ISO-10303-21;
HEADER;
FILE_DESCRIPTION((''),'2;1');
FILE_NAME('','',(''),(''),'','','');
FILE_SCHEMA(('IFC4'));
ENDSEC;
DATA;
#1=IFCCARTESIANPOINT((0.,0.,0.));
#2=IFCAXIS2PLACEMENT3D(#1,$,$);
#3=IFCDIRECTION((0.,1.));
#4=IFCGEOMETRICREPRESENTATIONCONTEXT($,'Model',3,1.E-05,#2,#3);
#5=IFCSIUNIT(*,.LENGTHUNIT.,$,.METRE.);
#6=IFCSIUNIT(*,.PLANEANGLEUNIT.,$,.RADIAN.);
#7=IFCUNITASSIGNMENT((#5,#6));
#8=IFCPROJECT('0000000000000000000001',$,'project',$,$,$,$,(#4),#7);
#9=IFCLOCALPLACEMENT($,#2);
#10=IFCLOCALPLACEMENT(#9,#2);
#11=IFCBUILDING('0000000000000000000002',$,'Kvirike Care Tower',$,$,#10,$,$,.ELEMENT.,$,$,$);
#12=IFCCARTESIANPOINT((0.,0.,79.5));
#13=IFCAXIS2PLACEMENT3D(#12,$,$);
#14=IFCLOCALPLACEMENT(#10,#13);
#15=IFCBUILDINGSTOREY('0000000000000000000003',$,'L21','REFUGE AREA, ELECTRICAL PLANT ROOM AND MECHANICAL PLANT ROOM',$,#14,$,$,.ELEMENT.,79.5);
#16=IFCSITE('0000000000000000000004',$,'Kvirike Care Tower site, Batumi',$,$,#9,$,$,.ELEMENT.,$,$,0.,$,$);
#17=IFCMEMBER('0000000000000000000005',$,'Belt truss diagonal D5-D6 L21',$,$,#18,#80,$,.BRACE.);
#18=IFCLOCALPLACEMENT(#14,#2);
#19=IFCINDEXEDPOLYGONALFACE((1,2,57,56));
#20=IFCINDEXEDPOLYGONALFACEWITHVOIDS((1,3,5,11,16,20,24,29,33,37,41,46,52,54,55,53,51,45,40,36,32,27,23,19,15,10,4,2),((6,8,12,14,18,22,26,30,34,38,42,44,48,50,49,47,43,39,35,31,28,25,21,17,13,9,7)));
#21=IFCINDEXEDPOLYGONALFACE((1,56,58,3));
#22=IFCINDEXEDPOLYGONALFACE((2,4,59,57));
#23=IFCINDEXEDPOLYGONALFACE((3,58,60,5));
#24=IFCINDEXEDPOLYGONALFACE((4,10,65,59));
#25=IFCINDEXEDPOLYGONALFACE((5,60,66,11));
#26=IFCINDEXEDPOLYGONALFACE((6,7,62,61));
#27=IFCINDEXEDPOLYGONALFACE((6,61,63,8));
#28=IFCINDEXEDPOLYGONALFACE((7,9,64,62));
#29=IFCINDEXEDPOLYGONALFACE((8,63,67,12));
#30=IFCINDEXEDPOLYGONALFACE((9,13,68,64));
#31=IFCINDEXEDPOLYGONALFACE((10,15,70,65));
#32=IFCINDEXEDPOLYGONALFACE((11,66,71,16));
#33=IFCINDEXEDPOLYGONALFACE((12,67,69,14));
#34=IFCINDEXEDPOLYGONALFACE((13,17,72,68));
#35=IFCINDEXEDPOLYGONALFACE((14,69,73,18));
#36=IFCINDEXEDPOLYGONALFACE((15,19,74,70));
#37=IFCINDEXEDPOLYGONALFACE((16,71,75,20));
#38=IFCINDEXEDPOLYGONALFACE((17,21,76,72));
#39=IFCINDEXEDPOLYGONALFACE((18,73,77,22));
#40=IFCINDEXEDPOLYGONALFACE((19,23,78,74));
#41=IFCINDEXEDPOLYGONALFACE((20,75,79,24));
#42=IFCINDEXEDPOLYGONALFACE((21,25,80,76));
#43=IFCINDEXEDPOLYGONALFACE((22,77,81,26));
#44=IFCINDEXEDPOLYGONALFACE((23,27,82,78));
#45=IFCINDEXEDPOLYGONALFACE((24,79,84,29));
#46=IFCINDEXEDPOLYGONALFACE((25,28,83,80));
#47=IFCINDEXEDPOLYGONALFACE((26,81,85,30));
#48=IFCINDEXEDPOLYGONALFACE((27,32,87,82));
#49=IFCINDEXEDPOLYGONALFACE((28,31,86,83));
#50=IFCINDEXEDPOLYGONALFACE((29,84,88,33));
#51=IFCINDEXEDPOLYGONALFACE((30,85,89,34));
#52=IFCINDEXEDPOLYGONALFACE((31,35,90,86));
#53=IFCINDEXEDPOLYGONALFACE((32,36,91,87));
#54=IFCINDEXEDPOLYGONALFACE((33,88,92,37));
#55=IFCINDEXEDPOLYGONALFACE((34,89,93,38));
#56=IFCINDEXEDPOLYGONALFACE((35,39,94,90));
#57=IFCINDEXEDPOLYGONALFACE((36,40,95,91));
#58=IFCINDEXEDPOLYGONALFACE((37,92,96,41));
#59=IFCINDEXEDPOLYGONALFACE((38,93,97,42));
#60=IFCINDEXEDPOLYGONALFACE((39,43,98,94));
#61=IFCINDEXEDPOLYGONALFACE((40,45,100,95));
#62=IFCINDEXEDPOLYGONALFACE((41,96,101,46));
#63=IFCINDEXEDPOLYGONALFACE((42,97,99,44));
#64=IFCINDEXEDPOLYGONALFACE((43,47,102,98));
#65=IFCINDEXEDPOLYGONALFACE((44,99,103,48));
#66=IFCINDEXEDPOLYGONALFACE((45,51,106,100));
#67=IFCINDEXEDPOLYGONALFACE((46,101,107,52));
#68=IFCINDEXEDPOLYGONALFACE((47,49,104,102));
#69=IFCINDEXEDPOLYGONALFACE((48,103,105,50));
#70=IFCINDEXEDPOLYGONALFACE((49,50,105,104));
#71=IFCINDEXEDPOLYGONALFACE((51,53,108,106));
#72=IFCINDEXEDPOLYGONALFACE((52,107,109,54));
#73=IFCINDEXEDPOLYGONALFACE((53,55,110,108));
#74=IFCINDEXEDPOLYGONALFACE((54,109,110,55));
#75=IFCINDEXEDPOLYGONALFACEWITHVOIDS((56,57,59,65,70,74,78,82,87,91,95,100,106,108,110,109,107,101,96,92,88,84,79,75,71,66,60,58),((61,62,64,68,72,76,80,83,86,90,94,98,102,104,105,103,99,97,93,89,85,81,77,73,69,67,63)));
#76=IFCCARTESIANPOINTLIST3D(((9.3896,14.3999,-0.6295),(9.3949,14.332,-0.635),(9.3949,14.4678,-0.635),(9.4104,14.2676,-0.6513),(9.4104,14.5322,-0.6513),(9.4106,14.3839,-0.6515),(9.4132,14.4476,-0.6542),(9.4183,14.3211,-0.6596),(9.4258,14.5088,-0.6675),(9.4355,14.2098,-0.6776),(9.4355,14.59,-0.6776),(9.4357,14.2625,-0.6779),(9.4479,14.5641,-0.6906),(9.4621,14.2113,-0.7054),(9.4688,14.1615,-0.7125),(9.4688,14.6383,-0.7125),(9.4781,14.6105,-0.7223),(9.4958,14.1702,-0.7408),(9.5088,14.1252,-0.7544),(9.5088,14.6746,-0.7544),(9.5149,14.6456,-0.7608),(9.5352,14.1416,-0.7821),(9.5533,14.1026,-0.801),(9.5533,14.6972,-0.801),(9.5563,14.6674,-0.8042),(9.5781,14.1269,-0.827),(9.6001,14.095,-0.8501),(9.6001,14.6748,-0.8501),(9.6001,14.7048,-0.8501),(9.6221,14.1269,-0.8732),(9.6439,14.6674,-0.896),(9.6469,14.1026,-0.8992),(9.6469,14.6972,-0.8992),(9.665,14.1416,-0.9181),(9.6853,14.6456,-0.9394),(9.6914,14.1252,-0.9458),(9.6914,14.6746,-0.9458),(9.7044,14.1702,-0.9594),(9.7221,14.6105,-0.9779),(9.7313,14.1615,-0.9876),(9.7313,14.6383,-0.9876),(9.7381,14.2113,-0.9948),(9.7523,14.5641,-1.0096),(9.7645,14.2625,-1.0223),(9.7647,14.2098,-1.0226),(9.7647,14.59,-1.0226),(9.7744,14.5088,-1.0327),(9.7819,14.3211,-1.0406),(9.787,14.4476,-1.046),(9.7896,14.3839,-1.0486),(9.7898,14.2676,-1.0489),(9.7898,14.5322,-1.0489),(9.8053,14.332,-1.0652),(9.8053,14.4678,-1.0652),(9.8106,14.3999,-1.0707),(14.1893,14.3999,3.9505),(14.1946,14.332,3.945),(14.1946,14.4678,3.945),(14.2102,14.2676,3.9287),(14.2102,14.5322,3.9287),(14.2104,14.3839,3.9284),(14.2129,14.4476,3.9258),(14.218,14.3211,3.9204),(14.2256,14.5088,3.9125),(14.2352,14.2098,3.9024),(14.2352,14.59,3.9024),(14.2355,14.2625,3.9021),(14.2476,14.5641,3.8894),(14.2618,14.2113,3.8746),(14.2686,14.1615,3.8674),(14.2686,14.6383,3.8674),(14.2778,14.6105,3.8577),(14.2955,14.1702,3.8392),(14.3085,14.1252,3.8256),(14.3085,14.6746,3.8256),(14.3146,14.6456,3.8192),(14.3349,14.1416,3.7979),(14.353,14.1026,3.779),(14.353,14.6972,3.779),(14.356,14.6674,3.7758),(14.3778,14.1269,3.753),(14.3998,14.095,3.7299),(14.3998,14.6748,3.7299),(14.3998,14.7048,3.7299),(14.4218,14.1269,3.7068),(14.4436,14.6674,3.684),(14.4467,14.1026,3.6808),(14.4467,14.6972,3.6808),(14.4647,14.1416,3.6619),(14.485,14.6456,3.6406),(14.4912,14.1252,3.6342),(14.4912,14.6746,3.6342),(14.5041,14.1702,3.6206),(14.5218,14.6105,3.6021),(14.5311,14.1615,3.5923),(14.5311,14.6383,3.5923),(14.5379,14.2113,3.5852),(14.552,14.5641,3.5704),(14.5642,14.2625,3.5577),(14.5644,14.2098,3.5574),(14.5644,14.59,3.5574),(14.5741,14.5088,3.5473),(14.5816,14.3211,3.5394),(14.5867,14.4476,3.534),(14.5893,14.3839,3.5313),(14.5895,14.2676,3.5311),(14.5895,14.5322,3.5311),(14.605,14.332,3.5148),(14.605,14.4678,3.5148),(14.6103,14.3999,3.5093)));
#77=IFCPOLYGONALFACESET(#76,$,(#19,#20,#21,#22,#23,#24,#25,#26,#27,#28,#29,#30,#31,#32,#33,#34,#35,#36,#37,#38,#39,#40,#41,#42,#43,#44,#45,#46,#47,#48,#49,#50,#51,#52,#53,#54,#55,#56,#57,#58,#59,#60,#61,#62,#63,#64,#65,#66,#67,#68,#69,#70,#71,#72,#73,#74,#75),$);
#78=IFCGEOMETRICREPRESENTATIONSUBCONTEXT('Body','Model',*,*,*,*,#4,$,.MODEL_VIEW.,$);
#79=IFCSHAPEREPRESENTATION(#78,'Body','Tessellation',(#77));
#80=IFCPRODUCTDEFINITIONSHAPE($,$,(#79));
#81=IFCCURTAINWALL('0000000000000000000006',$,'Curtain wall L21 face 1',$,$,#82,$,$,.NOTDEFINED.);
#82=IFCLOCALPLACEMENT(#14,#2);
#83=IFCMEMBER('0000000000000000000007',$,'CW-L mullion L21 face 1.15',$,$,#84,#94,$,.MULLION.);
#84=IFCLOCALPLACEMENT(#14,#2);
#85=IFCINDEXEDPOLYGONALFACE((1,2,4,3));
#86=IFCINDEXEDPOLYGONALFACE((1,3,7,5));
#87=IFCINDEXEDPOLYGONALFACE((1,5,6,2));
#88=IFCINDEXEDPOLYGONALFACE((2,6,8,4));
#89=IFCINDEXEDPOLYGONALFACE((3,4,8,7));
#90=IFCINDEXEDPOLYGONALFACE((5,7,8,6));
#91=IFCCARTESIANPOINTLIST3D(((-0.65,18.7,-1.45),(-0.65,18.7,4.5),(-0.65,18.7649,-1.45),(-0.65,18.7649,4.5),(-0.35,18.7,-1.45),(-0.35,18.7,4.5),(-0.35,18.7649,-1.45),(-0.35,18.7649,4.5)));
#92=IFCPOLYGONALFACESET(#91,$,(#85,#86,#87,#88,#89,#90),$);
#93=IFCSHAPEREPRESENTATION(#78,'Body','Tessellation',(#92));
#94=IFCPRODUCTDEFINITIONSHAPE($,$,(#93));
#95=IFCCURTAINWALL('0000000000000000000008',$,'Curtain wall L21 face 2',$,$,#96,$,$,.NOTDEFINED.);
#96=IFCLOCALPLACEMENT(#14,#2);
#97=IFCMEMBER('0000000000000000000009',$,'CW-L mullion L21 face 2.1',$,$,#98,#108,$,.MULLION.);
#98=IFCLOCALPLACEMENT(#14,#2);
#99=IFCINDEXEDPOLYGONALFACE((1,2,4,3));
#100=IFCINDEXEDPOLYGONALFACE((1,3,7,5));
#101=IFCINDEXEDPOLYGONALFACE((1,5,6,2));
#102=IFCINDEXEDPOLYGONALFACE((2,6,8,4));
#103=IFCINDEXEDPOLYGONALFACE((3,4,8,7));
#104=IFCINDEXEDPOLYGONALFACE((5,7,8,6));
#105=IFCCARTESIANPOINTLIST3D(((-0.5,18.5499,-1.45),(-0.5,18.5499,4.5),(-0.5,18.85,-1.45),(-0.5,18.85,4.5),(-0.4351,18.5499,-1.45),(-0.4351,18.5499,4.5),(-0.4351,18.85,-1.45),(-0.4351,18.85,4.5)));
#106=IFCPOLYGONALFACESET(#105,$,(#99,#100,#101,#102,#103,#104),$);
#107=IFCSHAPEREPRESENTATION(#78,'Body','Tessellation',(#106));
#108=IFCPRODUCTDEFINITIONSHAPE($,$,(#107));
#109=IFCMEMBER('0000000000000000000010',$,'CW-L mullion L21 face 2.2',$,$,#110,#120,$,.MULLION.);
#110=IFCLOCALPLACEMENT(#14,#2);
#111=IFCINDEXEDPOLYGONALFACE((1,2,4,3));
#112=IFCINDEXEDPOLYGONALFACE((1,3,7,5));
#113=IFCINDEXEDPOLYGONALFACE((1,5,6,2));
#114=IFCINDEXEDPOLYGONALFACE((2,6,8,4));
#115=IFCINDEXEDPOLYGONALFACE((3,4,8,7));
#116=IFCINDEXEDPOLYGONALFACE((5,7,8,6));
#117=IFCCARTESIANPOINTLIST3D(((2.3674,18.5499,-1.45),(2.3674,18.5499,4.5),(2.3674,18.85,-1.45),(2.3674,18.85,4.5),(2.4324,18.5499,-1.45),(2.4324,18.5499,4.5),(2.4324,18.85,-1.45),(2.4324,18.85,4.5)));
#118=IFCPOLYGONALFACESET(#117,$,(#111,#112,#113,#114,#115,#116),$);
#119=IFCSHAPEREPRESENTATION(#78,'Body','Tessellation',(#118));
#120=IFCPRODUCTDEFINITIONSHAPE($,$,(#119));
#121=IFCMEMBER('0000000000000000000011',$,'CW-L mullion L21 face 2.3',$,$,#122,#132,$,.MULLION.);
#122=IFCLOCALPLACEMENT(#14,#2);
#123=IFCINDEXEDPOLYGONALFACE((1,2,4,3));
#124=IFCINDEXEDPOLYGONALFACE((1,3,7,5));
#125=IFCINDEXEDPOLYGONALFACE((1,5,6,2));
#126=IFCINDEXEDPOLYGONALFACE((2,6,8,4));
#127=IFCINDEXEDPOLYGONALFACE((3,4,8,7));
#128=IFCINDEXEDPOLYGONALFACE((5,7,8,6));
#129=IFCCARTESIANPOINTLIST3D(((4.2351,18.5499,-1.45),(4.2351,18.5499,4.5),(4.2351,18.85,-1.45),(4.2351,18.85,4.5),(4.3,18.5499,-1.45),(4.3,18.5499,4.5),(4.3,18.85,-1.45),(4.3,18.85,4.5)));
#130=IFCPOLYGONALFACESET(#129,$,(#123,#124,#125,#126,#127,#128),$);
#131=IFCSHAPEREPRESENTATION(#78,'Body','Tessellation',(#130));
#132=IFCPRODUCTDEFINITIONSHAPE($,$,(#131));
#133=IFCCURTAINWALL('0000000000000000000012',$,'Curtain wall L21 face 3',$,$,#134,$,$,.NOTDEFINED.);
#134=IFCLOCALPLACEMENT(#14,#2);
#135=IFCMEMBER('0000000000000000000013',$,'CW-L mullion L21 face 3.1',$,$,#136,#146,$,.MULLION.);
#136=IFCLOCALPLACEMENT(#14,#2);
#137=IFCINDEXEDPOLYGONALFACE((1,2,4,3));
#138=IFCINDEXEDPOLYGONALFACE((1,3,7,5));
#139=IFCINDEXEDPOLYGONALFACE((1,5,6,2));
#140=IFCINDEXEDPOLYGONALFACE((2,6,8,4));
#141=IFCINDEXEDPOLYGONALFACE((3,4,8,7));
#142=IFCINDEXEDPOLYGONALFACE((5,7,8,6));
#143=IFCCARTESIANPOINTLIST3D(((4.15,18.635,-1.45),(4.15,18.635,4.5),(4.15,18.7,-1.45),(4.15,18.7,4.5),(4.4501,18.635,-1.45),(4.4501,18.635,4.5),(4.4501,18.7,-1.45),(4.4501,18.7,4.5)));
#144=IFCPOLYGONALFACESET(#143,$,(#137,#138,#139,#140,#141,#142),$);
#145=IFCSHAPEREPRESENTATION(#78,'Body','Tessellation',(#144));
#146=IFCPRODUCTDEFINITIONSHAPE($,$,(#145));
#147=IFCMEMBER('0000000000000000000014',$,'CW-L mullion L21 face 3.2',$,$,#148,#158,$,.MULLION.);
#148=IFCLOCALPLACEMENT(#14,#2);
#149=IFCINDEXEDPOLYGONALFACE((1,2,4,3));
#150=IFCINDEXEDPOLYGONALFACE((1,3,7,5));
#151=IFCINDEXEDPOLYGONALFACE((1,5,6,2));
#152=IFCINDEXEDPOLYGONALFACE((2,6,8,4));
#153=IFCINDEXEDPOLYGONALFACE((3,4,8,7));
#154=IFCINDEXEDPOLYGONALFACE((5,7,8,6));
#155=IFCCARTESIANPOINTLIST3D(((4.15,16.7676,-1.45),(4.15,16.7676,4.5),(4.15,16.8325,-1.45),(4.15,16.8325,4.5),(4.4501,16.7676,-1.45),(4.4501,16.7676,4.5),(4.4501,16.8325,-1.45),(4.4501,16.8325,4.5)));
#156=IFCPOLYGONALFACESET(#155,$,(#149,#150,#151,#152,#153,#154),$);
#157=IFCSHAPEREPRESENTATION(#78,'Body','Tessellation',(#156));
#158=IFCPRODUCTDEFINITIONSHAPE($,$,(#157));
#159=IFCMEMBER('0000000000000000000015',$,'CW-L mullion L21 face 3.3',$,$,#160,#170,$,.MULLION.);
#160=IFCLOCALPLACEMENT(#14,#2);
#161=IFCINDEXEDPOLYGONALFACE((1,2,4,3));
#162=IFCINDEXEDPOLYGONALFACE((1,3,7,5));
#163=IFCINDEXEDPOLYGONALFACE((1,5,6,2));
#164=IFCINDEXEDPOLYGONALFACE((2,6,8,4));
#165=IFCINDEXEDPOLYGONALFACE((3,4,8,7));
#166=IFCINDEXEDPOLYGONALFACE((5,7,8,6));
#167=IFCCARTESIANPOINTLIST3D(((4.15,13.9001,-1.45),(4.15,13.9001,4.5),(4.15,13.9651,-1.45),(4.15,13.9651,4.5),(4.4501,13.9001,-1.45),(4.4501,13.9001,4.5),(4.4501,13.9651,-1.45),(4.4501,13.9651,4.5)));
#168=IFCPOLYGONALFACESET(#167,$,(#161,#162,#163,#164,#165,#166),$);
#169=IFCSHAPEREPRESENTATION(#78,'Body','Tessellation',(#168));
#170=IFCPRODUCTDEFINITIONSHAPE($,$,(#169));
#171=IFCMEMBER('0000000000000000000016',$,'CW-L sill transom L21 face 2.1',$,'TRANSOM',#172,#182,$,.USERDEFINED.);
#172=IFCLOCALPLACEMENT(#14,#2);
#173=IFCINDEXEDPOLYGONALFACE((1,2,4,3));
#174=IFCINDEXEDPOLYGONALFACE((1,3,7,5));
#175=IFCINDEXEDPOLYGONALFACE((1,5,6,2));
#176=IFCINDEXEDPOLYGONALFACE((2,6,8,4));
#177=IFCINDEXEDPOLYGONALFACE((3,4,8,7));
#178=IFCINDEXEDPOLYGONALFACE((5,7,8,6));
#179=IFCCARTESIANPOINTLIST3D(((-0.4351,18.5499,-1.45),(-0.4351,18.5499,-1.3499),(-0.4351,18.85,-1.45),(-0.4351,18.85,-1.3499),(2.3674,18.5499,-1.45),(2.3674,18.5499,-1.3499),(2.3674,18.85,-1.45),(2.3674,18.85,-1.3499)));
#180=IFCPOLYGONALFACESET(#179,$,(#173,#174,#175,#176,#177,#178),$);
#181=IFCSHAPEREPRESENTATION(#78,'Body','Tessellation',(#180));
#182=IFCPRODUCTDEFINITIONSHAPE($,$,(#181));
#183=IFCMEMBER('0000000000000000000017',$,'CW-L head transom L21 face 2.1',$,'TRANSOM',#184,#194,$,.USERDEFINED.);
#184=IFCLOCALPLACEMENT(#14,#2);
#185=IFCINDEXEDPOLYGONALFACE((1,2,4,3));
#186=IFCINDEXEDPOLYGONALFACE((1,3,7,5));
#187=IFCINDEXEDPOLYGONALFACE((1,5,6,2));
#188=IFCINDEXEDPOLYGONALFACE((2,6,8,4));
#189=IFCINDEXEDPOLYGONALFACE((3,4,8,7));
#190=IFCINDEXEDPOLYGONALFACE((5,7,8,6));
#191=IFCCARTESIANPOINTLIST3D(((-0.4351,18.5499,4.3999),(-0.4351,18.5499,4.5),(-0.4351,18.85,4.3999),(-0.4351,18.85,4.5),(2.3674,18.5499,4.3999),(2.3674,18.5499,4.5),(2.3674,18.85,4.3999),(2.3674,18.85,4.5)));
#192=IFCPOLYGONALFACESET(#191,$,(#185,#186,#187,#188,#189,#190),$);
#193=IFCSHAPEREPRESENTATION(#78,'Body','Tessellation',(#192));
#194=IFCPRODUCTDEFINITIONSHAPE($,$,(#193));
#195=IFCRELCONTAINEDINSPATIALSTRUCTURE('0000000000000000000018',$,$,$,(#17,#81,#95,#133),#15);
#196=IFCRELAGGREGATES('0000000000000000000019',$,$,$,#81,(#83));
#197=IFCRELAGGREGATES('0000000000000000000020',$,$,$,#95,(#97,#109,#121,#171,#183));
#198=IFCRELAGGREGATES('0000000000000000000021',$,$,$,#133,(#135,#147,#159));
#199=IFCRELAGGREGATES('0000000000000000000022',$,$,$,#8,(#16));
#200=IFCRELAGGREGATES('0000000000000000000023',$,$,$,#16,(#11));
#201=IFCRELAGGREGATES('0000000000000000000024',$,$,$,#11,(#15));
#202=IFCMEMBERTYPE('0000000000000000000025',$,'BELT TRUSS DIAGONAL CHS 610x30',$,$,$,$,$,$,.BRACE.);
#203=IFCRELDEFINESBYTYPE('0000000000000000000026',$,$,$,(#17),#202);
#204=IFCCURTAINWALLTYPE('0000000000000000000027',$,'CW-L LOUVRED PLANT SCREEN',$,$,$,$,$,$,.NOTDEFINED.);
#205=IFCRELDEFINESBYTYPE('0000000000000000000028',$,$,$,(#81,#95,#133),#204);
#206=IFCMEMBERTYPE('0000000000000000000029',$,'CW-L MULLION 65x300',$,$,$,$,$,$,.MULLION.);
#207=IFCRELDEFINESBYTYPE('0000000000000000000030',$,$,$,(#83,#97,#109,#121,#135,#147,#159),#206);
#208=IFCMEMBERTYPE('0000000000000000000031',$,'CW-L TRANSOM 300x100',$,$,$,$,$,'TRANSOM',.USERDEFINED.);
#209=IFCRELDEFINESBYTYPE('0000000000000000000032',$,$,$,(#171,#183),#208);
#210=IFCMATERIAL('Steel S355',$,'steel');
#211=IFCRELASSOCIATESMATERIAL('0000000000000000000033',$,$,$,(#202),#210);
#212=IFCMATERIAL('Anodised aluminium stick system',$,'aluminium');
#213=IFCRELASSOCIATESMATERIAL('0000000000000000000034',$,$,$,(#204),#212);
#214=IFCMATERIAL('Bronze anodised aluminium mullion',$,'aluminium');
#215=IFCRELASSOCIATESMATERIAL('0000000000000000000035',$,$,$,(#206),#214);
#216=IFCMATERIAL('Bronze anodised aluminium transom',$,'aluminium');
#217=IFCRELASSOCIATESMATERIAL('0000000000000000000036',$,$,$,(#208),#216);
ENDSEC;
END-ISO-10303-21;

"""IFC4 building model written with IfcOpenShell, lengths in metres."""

from ifc_helpers import new_model, si_unit, direction, frame, origin, origin_2d, place, context, subcontext, project, spatial, rectangle, hollow_circle, extrude, material, material_profile, profile_set, type_object, element, aggregate, save


model = new_model("IFC4")

# Units and contexts
model_context = context("Model", 3, precision=1e-05, world=origin(), true_north=direction((0.0, 1.0)))
body_context = subcontext(model_context, "Body", "Model", "MODEL_VIEW")
ifc_project = project(units=[si_unit("LENGTHUNIT", "METRE"), si_unit("PLANEANGLEUNIT", "RADIAN")], contexts=[model_context])

# Site, building, storey
site_placement = place(None, origin())
site = spatial("IfcSite", under=ifc_project, at=site_placement, Name="Kvirike Care Tower site, Batumi", CompositionType="ELEMENT", RefElevation=0.0)
building_placement = place(site_placement, origin())
building = spatial("IfcBuilding", under=site, at=building_placement, Name="Kvirike Care Tower", CompositionType="ELEMENT")
storey_placement = place(building_placement, frame((0.0, 0.0, 79.5)))
storey = spatial("IfcBuildingStorey", under=building, at=storey_placement, Name="L21", Description="REFUGE AREA, ELECTRICAL PLANT ROOM AND MECHANICAL PLANT ROOM", CompositionType="ELEMENT", Elevation=79.5)

# Member
ifc_material_1 = material(Name="Steel S355", Category="steel")
ifc_material_profile_1 = material_profile(ifc_material_1, hollow_circle(Radius=0.3049, WallThickness=0.03, at=origin_2d()), Name="CHS 610x30")
ifc_profile_set_1 = profile_set([ifc_material_profile_1], Name="Steel S355")
member_type_1 = type_object("IfcMemberType", Name="BELT TRUSS DIAGONAL CHS 610x30", PredefinedType="BRACE", material=ifc_profile_set_1)
member_1_placement = place(storey_placement, frame((9.6001, 14.3999, -0.8501), z_axis=(0.723472, 0.0, 0.690353), x_axis=(0.0, 1.0, 0.0)))
element("IfcMember", 1, at=member_1_placement, inside=storey, type_object=member_type_1, Name="Belt truss diagonal D5-D6 L21", PredefinedType="BRACE", context=body_context, shape_type="SweptSolid", body=[
    extrude(hollow_circle(Radius=0.3049, WallThickness=0.03, at=origin_2d()), origin(), (0.0, 0.0, 1.0), 6.6343),
])

# Curtain wall, member
ifc_material_2 = material(Name="Anodised aluminium stick system", Category="aluminium")
curtain_wall_type = type_object("IfcCurtainWallType", Name="CW-L LOUVRED PLANT SCREEN", PredefinedType="NOTDEFINED", material=ifc_material_2)
curtain_wall_1_placement = place(storey_placement, origin())
curtain_wall_1 = element("IfcCurtainWall", 2, at=curtain_wall_1_placement, inside=storey, type_object=curtain_wall_type, Name="Curtain wall L21 face 1", PredefinedType="NOTDEFINED")
ifc_material_3 = material(Name="Bronze anodised aluminium mullion", Category="aluminium")
ifc_material_profile_2 = material_profile(ifc_material_3, rectangle(XDim=0.0649, YDim=0.3, at=origin_2d()), Name="CW-L MULLION 65x300")
ifc_profile_set_2 = profile_set([ifc_material_profile_2], Name="Bronze anodised aluminium mullion")
member_type_2 = type_object("IfcMemberType", Name="CW-L MULLION 65x300", PredefinedType="MULLION", material=ifc_profile_set_2)
member_2_placement = place(storey_placement, frame((-0.5, 18.7324, -1.45), z_axis=(0.0, 0.0, 1.0), x_axis=(0.0, -1.0, 0.0)))
member_2 = element("IfcMember", 3, at=member_2_placement, type_object=member_type_2, Name="CW-L mullion L21 face 1.15", PredefinedType="MULLION", context=body_context, shape_type="SweptSolid", body=[
    extrude(rectangle(XDim=0.0649, YDim=0.3, at=origin_2d()), origin(), (0.0, 0.0, 1.0), 5.95),
])
aggregate(curtain_wall_1, [member_2])

# Curtain walls, members
curtain_wall_2_placement = place(storey_placement, origin())
curtain_wall_2 = element("IfcCurtainWall", 4, at=curtain_wall_2_placement, inside=storey, type_object=curtain_wall_type, Name="Curtain wall L21 face 2", PredefinedType="NOTDEFINED")
member_3_placement = place(storey_placement, frame((-0.4675, 18.7, -1.45), z_axis=(0.0, 0.0, 1.0), x_axis=(1.0, 0.0, 0.0)))
member_3 = element("IfcMember", 5, at=member_3_placement, type_object=member_type_2, Name="CW-L mullion L21 face 2.1", PredefinedType="MULLION", context=body_context, shape_type="SweptSolid", body=[
    extrude(rectangle(XDim=0.0649, YDim=0.3, at=origin_2d()), origin(), (0.0, 0.0, 1.0), 5.95),
])
member_4_placement = place(storey_placement, frame((2.3999, 18.7, -1.45), z_axis=(0.0, 0.0, 1.0), x_axis=(1.0, 0.0, 0.0)))
member_4 = element("IfcMember", 6, at=member_4_placement, type_object=member_type_2, Name="CW-L mullion L21 face 2.2", PredefinedType="MULLION", context=body_context, shape_type="SweptSolid", body=[
    extrude(rectangle(XDim=0.0649, YDim=0.3, at=origin_2d()), origin(), (0.0, 0.0, 1.0), 5.95),
])
member_5_placement = place(storey_placement, frame((4.2676, 18.7, -1.45), z_axis=(0.0, 0.0, 1.0), x_axis=(1.0, 0.0, 0.0)))
member_5 = element("IfcMember", 7, at=member_5_placement, type_object=member_type_2, Name="CW-L mullion L21 face 2.3", PredefinedType="MULLION", context=body_context, shape_type="SweptSolid", body=[
    extrude(rectangle(XDim=0.0649, YDim=0.3, at=origin_2d()), origin(), (0.0, 0.0, 1.0), 5.95),
])
curtain_wall_3_placement = place(storey_placement, origin())
curtain_wall_3 = element("IfcCurtainWall", 8, at=curtain_wall_3_placement, inside=storey, type_object=curtain_wall_type, Name="Curtain wall L21 face 3", PredefinedType="NOTDEFINED")
member_6_placement = place(storey_placement, frame((4.3, 18.6675, -1.45), z_axis=(0.0, 0.0, 1.0), x_axis=(0.0, -1.0, 0.0)))
member_6 = element("IfcMember", 9, at=member_6_placement, type_object=member_type_2, Name="CW-L mullion L21 face 3.1", PredefinedType="MULLION", context=body_context, shape_type="SweptSolid", body=[
    extrude(rectangle(XDim=0.0649, YDim=0.3, at=origin_2d()), origin(), (0.0, 0.0, 1.0), 5.95),
])
member_7_placement = place(storey_placement, frame((4.3, 16.8, -1.45), z_axis=(0.0, 0.0, 1.0), x_axis=(0.0, -1.0, 0.0)))
member_7 = element("IfcMember", 10, at=member_7_placement, type_object=member_type_2, Name="CW-L mullion L21 face 3.2", PredefinedType="MULLION", context=body_context, shape_type="SweptSolid", body=[
    extrude(rectangle(XDim=0.0649, YDim=0.3, at=origin_2d()), origin(), (0.0, 0.0, 1.0), 5.95),
])
member_8_placement = place(storey_placement, frame((4.3, 13.9326, -1.45), z_axis=(0.0, 0.0, 1.0), x_axis=(0.0, -1.0, 0.0)))
member_8 = element("IfcMember", 11, at=member_8_placement, type_object=member_type_2, Name="CW-L mullion L21 face 3.3", PredefinedType="MULLION", context=body_context, shape_type="SweptSolid", body=[
    extrude(rectangle(XDim=0.0649, YDim=0.3, at=origin_2d()), origin(), (0.0, 0.0, 1.0), 5.95),
])

# Members
ifc_material_4 = material(Name="Bronze anodised aluminium transom", Category="aluminium")
ifc_material_profile_3 = material_profile(ifc_material_4, rectangle(XDim=0.3, YDim=0.1001, at=origin_2d()), Name="CW-L TRANSOM 300x100")
ifc_profile_set_3 = profile_set([ifc_material_profile_3], Name="Bronze anodised aluminium transom")
member_type_3 = type_object("IfcMemberType", Name="CW-L TRANSOM 300x100", ElementType="TRANSOM", PredefinedType="USERDEFINED", material=ifc_profile_set_3)
member_9_placement = place(storey_placement, frame((-0.4351, 18.7, -1.3999), z_axis=(1.0, 0.0, 0.0), x_axis=(0.0, 1.0, 0.0)))
member_9 = element("IfcMember", 12, at=member_9_placement, type_object=member_type_3, Name="CW-L sill transom L21 face 2.1", ObjectType="TRANSOM", PredefinedType="USERDEFINED", context=body_context, shape_type="SweptSolid", body=[
    extrude(rectangle(XDim=0.3, YDim=0.1001, at=origin_2d()), origin(), (0.0, 0.0, 1.0), 2.8025),
])
member_10_placement = place(storey_placement, frame((-0.4351, 18.7, 4.45), z_axis=(1.0, 0.0, 0.0), x_axis=(0.0, 1.0, 0.0)))
member_10 = element("IfcMember", 13, at=member_10_placement, type_object=member_type_3, Name="CW-L head transom L21 face 2.1", ObjectType="TRANSOM", PredefinedType="USERDEFINED", context=body_context, shape_type="SweptSolid", body=[
    extrude(rectangle(XDim=0.3, YDim=0.1001, at=origin_2d()), origin(), (0.0, 0.0, 1.0), 2.8025),
])

aggregate(curtain_wall_2, [member_3, member_4, member_5, member_9, member_10])
aggregate(curtain_wall_3, [member_6, member_7, member_8])

save(model, "model.ifc")
